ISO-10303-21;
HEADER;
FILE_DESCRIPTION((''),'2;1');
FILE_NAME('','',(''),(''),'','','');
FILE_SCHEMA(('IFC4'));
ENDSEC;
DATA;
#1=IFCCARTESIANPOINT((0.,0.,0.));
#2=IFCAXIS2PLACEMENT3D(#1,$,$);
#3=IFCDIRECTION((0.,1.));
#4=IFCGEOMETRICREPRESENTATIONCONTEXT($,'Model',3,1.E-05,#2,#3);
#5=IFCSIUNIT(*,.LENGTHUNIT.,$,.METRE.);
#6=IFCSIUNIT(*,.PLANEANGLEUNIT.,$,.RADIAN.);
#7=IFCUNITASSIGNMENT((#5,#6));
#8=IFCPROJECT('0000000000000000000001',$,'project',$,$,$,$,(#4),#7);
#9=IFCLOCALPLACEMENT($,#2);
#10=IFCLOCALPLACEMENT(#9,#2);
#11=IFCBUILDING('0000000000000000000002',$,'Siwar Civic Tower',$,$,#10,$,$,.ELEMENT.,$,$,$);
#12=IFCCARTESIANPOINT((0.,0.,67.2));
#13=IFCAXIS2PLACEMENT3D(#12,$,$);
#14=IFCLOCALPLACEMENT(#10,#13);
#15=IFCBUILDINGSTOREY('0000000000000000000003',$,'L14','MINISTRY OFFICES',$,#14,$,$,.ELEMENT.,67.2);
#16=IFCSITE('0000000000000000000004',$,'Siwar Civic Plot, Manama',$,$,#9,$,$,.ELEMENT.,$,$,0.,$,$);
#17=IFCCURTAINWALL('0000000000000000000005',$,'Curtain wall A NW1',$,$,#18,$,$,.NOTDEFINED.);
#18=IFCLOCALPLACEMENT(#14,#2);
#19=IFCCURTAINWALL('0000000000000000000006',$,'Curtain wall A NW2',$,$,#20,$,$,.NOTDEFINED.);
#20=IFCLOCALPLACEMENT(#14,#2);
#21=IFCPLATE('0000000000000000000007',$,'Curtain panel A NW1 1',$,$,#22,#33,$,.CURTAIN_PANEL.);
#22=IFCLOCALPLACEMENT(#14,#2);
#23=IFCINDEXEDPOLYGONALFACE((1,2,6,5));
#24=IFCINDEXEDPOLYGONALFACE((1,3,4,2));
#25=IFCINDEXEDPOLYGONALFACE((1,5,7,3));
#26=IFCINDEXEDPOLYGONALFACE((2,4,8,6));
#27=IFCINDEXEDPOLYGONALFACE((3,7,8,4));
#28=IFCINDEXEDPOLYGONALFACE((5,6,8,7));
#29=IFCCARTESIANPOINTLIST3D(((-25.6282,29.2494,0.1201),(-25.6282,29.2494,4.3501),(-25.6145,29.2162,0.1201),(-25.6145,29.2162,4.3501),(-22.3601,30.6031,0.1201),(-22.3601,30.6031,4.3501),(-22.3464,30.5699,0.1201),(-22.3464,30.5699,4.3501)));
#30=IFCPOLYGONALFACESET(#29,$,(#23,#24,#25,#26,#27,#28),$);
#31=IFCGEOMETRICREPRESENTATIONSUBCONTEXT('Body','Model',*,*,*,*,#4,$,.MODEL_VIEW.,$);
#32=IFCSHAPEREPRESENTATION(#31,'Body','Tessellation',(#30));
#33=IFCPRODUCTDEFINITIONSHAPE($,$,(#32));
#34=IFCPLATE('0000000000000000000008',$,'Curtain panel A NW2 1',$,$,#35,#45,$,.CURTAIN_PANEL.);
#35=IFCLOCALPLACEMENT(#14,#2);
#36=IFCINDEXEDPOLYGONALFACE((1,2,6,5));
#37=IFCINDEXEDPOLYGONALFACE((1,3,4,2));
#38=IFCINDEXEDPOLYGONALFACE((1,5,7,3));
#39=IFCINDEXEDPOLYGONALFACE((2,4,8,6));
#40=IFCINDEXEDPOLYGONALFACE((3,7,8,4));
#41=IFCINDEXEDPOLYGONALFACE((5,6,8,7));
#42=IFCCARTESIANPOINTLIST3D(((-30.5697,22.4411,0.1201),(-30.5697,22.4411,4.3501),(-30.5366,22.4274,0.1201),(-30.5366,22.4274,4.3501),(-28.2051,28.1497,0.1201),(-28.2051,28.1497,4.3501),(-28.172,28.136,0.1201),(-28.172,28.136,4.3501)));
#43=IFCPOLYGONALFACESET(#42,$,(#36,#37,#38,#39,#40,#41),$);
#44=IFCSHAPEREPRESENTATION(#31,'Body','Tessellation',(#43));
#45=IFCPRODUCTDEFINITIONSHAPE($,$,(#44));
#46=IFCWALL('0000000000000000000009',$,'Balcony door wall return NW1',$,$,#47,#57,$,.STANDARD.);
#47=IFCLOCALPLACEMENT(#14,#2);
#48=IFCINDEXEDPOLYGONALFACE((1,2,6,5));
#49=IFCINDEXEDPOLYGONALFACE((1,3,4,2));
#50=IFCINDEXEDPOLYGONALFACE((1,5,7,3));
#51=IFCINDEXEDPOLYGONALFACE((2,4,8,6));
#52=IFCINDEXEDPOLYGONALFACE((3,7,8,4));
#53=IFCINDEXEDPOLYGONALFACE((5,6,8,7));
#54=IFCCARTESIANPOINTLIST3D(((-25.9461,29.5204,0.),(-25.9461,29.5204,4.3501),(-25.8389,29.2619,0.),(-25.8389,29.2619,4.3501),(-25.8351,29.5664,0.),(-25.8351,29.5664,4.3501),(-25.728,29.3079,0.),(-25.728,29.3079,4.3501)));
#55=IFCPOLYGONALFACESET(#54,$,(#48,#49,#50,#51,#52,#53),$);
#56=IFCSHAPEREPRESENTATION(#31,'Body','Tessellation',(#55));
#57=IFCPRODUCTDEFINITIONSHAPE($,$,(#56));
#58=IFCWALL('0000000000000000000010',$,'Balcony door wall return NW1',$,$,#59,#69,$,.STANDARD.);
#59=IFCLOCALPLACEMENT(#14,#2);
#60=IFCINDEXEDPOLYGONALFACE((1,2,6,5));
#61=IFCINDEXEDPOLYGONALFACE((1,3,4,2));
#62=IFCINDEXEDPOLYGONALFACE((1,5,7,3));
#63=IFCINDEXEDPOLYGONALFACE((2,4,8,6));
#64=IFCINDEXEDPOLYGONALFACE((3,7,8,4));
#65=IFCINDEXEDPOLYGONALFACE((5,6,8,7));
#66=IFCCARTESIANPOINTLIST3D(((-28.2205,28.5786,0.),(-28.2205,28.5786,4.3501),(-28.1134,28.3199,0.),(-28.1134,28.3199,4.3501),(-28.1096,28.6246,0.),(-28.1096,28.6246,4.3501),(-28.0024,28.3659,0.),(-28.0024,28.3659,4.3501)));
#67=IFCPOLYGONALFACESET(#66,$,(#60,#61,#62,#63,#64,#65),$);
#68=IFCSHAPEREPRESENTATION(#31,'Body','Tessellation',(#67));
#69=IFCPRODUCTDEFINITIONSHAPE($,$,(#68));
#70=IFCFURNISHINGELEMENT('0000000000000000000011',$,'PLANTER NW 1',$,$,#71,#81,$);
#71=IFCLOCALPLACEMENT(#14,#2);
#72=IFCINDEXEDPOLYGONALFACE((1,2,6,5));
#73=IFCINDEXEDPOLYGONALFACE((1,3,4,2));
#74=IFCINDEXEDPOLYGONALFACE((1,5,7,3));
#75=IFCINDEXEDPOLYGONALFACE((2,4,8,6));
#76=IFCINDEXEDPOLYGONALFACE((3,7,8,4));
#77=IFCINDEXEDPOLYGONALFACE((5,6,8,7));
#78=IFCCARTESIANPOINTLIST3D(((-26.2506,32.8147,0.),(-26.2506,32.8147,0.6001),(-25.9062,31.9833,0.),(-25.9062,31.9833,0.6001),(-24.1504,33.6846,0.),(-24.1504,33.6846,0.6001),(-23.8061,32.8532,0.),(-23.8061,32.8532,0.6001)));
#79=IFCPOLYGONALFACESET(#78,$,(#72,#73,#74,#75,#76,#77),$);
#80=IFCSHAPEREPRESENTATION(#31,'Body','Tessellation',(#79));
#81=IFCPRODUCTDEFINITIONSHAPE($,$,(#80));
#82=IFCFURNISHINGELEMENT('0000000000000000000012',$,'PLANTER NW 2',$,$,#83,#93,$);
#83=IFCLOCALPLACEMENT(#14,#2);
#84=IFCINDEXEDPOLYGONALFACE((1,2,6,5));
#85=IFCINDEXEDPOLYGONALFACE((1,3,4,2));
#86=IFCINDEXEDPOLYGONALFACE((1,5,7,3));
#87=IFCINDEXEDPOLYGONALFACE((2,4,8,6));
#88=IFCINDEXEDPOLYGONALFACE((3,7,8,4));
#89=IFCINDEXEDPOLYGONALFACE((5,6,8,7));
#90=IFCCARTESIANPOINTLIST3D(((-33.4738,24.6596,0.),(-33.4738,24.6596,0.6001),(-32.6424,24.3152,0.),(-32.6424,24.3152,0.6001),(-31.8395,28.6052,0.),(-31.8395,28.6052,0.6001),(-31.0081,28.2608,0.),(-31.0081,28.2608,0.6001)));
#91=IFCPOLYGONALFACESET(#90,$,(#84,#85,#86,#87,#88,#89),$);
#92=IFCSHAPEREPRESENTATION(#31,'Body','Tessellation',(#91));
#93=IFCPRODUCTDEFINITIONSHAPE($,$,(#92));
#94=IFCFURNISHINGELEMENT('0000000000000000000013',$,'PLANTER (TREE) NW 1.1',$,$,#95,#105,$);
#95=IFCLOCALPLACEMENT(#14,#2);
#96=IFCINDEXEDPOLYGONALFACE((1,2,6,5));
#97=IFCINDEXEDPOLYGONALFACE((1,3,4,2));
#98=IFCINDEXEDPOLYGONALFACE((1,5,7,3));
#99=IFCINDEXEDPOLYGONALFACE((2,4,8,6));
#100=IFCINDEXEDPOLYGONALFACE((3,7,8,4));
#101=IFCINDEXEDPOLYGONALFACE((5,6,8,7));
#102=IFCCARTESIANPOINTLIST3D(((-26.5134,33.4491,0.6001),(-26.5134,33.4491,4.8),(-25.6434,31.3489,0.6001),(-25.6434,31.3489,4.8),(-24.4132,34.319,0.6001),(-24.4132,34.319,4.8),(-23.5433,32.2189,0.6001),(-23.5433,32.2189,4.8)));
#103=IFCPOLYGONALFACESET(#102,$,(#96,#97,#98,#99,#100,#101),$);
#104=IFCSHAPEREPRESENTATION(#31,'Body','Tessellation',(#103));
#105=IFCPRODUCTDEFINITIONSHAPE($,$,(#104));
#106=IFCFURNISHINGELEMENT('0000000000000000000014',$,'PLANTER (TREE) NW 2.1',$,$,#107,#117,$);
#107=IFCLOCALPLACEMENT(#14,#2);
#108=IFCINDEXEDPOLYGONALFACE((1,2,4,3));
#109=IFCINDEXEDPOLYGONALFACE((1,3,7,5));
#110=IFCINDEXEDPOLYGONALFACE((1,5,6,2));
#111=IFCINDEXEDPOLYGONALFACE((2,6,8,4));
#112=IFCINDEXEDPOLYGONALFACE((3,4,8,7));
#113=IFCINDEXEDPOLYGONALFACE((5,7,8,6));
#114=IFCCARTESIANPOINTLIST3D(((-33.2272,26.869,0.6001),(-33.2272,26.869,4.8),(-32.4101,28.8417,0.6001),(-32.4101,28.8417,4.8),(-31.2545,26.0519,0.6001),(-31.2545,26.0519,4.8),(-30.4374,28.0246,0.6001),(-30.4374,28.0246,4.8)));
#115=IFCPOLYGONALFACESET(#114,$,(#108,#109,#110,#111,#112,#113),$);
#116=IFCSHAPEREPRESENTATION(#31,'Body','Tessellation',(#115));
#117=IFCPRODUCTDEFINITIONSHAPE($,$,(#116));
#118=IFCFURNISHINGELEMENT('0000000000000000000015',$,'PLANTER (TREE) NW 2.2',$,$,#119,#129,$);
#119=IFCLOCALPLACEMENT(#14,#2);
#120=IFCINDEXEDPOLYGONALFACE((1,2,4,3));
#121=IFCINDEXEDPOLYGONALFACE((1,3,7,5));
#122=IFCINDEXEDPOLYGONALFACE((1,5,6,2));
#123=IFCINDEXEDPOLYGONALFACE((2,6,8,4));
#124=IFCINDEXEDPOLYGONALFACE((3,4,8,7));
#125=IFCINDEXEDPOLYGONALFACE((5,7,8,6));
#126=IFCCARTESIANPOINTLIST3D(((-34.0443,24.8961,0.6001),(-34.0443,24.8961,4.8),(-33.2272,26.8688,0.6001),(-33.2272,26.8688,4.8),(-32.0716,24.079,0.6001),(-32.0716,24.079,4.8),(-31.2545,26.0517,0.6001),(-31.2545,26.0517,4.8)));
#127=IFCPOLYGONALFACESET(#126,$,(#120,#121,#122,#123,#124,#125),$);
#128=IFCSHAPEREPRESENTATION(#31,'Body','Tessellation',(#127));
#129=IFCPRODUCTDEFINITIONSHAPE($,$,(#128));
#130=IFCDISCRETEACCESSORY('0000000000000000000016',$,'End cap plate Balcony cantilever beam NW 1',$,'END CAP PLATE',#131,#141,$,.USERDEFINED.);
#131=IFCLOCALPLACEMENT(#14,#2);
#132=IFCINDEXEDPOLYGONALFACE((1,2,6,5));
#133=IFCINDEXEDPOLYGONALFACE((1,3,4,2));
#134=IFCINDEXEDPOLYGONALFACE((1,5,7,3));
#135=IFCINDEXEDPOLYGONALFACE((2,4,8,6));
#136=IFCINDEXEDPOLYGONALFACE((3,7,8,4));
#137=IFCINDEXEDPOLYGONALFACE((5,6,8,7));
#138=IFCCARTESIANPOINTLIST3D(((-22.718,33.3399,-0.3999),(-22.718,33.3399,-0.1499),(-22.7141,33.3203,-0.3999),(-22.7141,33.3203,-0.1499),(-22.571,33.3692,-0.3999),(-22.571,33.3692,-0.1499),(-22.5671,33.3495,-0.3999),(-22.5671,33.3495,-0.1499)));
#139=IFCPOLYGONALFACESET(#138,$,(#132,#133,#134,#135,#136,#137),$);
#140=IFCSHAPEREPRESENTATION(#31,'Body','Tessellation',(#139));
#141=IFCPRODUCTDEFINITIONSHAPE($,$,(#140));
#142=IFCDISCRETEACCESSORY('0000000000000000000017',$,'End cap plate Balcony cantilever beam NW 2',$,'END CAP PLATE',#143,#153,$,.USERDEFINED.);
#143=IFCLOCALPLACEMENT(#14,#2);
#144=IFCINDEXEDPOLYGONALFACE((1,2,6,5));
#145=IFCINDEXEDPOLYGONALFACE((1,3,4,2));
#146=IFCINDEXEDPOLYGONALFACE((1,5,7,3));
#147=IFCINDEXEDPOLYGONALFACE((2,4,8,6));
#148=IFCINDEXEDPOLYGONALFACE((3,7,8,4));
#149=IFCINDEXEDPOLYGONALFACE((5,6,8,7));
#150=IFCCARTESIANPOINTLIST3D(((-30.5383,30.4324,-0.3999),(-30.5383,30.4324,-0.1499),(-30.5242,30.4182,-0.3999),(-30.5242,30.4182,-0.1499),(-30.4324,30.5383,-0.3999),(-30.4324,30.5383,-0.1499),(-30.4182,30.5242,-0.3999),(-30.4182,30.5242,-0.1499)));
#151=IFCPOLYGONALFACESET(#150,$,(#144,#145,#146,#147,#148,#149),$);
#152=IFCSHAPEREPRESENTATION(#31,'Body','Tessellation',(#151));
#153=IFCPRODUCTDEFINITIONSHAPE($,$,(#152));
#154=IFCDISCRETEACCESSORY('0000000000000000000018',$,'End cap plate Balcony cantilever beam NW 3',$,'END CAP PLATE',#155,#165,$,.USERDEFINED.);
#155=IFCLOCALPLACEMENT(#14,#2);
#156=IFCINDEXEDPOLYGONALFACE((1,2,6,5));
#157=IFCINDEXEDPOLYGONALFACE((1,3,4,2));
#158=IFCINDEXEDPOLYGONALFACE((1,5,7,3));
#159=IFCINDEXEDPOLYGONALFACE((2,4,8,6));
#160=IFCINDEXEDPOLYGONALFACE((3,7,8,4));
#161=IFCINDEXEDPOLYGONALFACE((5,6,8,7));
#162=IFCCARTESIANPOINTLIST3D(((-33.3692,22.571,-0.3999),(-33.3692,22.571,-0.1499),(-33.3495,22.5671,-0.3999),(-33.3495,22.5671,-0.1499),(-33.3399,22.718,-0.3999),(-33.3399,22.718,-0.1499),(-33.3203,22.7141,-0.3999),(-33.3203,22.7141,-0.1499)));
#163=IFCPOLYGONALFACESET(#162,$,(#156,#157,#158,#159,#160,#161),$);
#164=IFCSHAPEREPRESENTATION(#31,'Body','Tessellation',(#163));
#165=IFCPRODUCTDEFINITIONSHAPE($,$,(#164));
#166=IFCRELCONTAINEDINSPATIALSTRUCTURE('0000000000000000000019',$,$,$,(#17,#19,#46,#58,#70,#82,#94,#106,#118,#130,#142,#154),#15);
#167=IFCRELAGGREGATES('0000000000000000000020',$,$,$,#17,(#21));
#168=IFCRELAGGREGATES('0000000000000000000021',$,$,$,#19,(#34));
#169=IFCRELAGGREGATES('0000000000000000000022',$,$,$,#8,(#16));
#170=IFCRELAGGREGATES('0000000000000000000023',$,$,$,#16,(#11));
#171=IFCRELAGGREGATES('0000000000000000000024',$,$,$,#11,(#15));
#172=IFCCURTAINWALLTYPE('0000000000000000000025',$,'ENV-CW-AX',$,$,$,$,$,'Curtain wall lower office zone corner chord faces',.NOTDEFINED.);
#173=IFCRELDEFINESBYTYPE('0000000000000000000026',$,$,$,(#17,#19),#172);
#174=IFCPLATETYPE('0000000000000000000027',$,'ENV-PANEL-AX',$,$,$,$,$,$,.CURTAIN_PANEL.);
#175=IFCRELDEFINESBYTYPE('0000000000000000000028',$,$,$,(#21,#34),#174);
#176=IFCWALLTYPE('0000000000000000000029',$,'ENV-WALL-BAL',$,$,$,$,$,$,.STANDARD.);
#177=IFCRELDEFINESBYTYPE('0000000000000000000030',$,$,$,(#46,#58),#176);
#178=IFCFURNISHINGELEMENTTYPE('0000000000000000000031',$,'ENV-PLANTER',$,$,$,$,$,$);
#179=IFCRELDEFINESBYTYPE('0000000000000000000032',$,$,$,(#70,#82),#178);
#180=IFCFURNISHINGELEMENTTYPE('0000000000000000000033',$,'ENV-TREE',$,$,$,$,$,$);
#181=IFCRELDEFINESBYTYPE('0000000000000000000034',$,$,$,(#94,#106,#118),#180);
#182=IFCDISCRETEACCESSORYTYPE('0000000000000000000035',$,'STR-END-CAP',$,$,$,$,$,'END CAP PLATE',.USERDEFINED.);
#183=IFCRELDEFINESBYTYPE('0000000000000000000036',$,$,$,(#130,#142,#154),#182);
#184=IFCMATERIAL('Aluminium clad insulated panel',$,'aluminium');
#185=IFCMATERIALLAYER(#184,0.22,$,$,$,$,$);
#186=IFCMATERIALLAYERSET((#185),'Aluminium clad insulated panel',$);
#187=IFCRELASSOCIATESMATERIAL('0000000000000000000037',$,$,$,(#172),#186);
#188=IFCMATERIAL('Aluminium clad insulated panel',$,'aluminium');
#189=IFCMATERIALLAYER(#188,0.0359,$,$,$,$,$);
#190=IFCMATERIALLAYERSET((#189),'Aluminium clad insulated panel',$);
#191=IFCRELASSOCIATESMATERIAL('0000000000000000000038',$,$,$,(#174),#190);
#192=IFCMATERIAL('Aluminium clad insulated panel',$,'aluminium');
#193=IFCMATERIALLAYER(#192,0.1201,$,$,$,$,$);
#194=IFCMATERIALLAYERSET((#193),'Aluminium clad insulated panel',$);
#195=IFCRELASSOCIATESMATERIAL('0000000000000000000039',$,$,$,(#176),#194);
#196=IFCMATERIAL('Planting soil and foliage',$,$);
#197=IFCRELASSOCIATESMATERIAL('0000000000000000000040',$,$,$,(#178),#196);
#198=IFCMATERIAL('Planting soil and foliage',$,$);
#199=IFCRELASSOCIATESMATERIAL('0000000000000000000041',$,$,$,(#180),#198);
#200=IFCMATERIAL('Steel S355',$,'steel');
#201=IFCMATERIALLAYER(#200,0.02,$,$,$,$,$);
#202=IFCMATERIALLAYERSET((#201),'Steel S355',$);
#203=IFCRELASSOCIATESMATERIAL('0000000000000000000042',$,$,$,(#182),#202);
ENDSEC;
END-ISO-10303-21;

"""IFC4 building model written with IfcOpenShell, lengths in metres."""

from ifc_helpers import new_model, si_unit, direction, frame, frame_2d, origin, origin_2d, place, context, subcontext, project, spatial, rectangle, extrude, material, layer, layer_set, type_object, element, aggregate, save


model = new_model("IFC4")

# Units and contexts
model_context = context("Model", 3, precision=1e-05, world=origin(), true_north=direction((0.0, 1.0)))
body_context = subcontext(model_context, "Body", "Model", "MODEL_VIEW")
ifc_project = project(units=[si_unit("LENGTHUNIT", "METRE"), si_unit("PLANEANGLEUNIT", "RADIAN")], contexts=[model_context])

# Site, building, storey
site_placement = place(None, origin())
site = spatial("IfcSite", under=ifc_project, at=site_placement, Name="Siwar Civic Plot, Manama", CompositionType="ELEMENT", RefElevation=0.0)
building_placement = place(site_placement, origin())
building = spatial("IfcBuilding", under=site, at=building_placement, Name="Siwar Civic Tower", CompositionType="ELEMENT")
storey_placement = place(building_placement, frame((0.0, 0.0, 67.2)))
storey = spatial("IfcBuildingStorey", under=building, at=storey_placement, Name="L14", Description="MINISTRY OFFICES", CompositionType="ELEMENT", Elevation=67.2)

# Curtain wall
ifc_material_1 = material(Name="Aluminium clad insulated panel", Category="aluminium")
ifc_layer_1 = layer(ifc_material_1, 0.22)
ifc_layer_set_1 = layer_set([ifc_layer_1], Name="Aluminium clad insulated panel")
curtain_wall_type = type_object("IfcCurtainWallType", Name="ENV-CW-AX", ElementType="Curtain wall lower office zone corner chord faces", PredefinedType="NOTDEFINED", material=ifc_layer_set_1)
curtain_wall_1_placement = place(storey_placement, origin())
curtain_wall_1 = element("IfcCurtainWall", 1, at=curtain_wall_1_placement, inside=storey, type_object=curtain_wall_type, Name="Curtain wall A NW1", PredefinedType="NOTDEFINED")

# Curtain wall
curtain_wall_2_placement = place(storey_placement, origin())
curtain_wall_2 = element("IfcCurtainWall", 2, at=curtain_wall_2_placement, inside=storey, type_object=curtain_wall_type, Name="Curtain wall A NW2", PredefinedType="NOTDEFINED")

# Plates
ifc_material_2 = material(Name="Aluminium clad insulated panel", Category="aluminium")
ifc_layer_2 = layer(ifc_material_2, 0.0359)
ifc_layer_set_2 = layer_set([ifc_layer_2], Name="Aluminium clad insulated panel")
plate_type = type_object("IfcPlateType", Name="ENV-PANEL-AX", PredefinedType="CURTAIN_PANEL", material=ifc_layer_set_2)
plate_1_placement = place(storey_placement, frame((-23.9873, 29.9097, 0.1201), z_axis=(0.0, 0.0, 1.0), x_axis=(-0.92388, -0.382683, 0.0)))
plate_1 = element("IfcPlate", 3, at=plate_1_placement, type_object=plate_type, Name="Curtain panel A NW1 1", PredefinedType="CURTAIN_PANEL", context=body_context, shape_type="SweptSolid", body=[
    extrude(rectangle(XDim=3.5374, YDim=0.0359, at=origin_2d()), origin(), (0.0, 0.0, 1.0), 4.23),
])
aggregate(curtain_wall_1, [plate_1])
plate_2_placement = place(storey_placement, frame((-29.3708, 25.2886, 0.1201), z_axis=(0.0, 0.0, 1.0), x_axis=(-0.382683, -0.92388, 0.0)))
plate_2 = element("IfcPlate", 4, at=plate_2_placement, type_object=plate_type, Name="Curtain panel A NW2 1", PredefinedType="CURTAIN_PANEL", context=body_context, shape_type="SweptSolid", body=[
    extrude(rectangle(XDim=6.179, YDim=0.0359, at=origin_2d()), origin(), (0.0, 0.0, 1.0), 4.23),
])
aggregate(curtain_wall_2, [plate_2])

# Walls
ifc_material_3 = material(Name="Aluminium clad insulated panel", Category="aluminium")
ifc_layer_3 = layer(ifc_material_3, 0.1201)
ifc_layer_set_3 = layer_set([ifc_layer_3], Name="Aluminium clad insulated panel")
wall_type = type_object("IfcWallType", Name="ENV-WALL-BAL", PredefinedType="STANDARD", material=ifc_layer_set_3)
wall_1_placement = place(storey_placement, frame((-25.7834, 29.2849, 0.0), z_axis=(0.0, 0.0, 1.0), x_axis=(-0.382942, 0.923772, 0.0)))
element("IfcWall", 5, at=wall_1_placement, inside=storey, type_object=wall_type, Name="Balcony door wall return NW1", PredefinedType="STANDARD", context=body_context, shape_type="SweptSolid", body=[
    extrude(rectangle(XDim=0.2798, YDim=0.1201, at=frame_2d((0.1399, 0.0))), origin(), (0.0, 0.0, 1.0), 4.3501),
])
wall_2_placement = place(storey_placement, frame((-28.0579, 28.3428, 0.0), z_axis=(0.0, 0.0, 1.0), x_axis=(-0.382634, 0.9239, 0.0)))
element("IfcWall", 6, at=wall_2_placement, inside=storey, type_object=wall_type, Name="Balcony door wall return NW1", PredefinedType="STANDARD", context=body_context, shape_type="SweptSolid", body=[
    extrude(rectangle(XDim=0.28, YDim=0.1201, at=frame_2d((0.1401, 0.0))), origin(), (0.0, 0.0, 1.0), 4.3501),
])

# Furnishing elements
ifc_material_4 = material(Name="Planting soil and foliage")
furnishing_element_type_1 = type_object("IfcFurnishingElementType", Name="ENV-PLANTER", material=ifc_material_4)
furnishing_1_placement = place(storey_placement, frame((-25.0283, 32.834, 0.0), z_axis=(0.0, 0.0, 1.0), x_axis=(-0.92388, -0.382683, 0.0)))
element("IfcFurnishingElement", 7, at=furnishing_1_placement, inside=storey, type_object=furnishing_element_type_1, Name="PLANTER NW 1", context=body_context, shape_type="SweptSolid", body=[
    extrude(rectangle(XDim=2.2732, YDim=0.8999, at=origin_2d()), origin(), (0.0, 0.0, 1.0), 0.6001),
])
furnishing_2_placement = place(storey_placement, frame((-32.241, 26.4602, 0.0), z_axis=(0.0, 0.0, 1.0), x_axis=(-0.382683, -0.92388, 0.0)))
element("IfcFurnishingElement", 8, at=furnishing_2_placement, inside=storey, type_object=furnishing_element_type_1, Name="PLANTER NW 2", context=body_context, shape_type="SweptSolid", body=[
    extrude(rectangle(XDim=4.2708, YDim=0.8999, at=origin_2d()), origin(), (0.0, 0.0, 1.0), 0.6001),
])
ifc_material_5 = material(Name="Planting soil and foliage")
furnishing_element_type_2 = type_object("IfcFurnishingElementType", Name="ENV-TREE", material=ifc_material_5)
furnishing_3_placement = place(storey_placement, frame((-25.0283, 32.834, 0.6001), z_axis=(0.0, 0.0, 1.0), x_axis=(-0.92388, -0.382683, 0.0)))
element("IfcFurnishingElement", 9, at=furnishing_3_placement, inside=storey, type_object=furnishing_element_type_2, Name="PLANTER (TREE) NW 1.1", context=body_context, shape_type="SweptSolid", body=[
    extrude(rectangle(XDim=2.2732, YDim=2.2732, at=origin_2d()), origin(), (0.0, 0.0, 1.0), 4.2),
])
for number, where, z_axis, x_axis, name in (
    (10, (-31.8323, 27.4468, 0.6001), (0.0, 0.0, 1.0), (-0.382683, -0.92388, 0.0), "PLANTER (TREE) NW 2.1"),
    (11, (-32.6494, 25.4739, 0.6001), (0.0, 0.0, 1.0), (-0.382683, -0.92388, 0.0), "PLANTER (TREE) NW 2.2"),
):
    element("IfcFurnishingElement", number, at=place(storey_placement, frame(where, z_axis=z_axis, x_axis=x_axis)), inside=storey, type_object=furnishing_element_type_2, Name=name, context=body_context, shape_type="SweptSolid", body=[
        extrude(rectangle(XDim=2.1353, YDim=2.1353, at=origin_2d()), origin(), (0.0, 0.0, 1.0), 4.2),
    ])

# Discrete accessories
ifc_material_6 = material(Name="Steel S355", Category="steel")
ifc_layer_4 = layer(ifc_material_6, 0.02)
ifc_layer_set_4 = layer_set([ifc_layer_4], Name="Steel S355")
discrete_accessory_type = type_object("IfcDiscreteAccessoryType", Name="STR-END-CAP", ElementType="END CAP PLATE", PredefinedType="USERDEFINED", material=ifc_layer_set_4)
for number, where, z_axis, x_axis, name in (
    (12, (-22.6426, 33.3447, -0.3999), (0.0, 0.0, 1.0), (-0.19509, 0.980785, 0.0), "End cap plate Balcony cantilever beam NW 1"),
    (13, (-30.4783, 30.4783, -0.3999), (0.0, 0.0, 1.0), (-0.707107, 0.707107, 0.0), "End cap plate Balcony cantilever beam NW 2"),
    (14, (-33.3447, 22.6426, -0.3999), (0.0, 0.0, 1.0), (-0.980785, 0.19509, 0.0), "End cap plate Balcony cantilever beam NW 3"),
):
    element("IfcDiscreteAccessory", number, at=place(storey_placement, frame(where, z_axis=z_axis, x_axis=x_axis)), inside=storey, type_object=discrete_accessory_type, Name=name, ObjectType="END CAP PLATE", PredefinedType="USERDEFINED", context=body_context, shape_type="SweptSolid", body=[
        extrude(rectangle(XDim=0.02, YDim=0.1499, at=origin_2d()), origin(), (0.0, 0.0, 1.0), 0.25),
    ])

save(model, "model.ifc")
